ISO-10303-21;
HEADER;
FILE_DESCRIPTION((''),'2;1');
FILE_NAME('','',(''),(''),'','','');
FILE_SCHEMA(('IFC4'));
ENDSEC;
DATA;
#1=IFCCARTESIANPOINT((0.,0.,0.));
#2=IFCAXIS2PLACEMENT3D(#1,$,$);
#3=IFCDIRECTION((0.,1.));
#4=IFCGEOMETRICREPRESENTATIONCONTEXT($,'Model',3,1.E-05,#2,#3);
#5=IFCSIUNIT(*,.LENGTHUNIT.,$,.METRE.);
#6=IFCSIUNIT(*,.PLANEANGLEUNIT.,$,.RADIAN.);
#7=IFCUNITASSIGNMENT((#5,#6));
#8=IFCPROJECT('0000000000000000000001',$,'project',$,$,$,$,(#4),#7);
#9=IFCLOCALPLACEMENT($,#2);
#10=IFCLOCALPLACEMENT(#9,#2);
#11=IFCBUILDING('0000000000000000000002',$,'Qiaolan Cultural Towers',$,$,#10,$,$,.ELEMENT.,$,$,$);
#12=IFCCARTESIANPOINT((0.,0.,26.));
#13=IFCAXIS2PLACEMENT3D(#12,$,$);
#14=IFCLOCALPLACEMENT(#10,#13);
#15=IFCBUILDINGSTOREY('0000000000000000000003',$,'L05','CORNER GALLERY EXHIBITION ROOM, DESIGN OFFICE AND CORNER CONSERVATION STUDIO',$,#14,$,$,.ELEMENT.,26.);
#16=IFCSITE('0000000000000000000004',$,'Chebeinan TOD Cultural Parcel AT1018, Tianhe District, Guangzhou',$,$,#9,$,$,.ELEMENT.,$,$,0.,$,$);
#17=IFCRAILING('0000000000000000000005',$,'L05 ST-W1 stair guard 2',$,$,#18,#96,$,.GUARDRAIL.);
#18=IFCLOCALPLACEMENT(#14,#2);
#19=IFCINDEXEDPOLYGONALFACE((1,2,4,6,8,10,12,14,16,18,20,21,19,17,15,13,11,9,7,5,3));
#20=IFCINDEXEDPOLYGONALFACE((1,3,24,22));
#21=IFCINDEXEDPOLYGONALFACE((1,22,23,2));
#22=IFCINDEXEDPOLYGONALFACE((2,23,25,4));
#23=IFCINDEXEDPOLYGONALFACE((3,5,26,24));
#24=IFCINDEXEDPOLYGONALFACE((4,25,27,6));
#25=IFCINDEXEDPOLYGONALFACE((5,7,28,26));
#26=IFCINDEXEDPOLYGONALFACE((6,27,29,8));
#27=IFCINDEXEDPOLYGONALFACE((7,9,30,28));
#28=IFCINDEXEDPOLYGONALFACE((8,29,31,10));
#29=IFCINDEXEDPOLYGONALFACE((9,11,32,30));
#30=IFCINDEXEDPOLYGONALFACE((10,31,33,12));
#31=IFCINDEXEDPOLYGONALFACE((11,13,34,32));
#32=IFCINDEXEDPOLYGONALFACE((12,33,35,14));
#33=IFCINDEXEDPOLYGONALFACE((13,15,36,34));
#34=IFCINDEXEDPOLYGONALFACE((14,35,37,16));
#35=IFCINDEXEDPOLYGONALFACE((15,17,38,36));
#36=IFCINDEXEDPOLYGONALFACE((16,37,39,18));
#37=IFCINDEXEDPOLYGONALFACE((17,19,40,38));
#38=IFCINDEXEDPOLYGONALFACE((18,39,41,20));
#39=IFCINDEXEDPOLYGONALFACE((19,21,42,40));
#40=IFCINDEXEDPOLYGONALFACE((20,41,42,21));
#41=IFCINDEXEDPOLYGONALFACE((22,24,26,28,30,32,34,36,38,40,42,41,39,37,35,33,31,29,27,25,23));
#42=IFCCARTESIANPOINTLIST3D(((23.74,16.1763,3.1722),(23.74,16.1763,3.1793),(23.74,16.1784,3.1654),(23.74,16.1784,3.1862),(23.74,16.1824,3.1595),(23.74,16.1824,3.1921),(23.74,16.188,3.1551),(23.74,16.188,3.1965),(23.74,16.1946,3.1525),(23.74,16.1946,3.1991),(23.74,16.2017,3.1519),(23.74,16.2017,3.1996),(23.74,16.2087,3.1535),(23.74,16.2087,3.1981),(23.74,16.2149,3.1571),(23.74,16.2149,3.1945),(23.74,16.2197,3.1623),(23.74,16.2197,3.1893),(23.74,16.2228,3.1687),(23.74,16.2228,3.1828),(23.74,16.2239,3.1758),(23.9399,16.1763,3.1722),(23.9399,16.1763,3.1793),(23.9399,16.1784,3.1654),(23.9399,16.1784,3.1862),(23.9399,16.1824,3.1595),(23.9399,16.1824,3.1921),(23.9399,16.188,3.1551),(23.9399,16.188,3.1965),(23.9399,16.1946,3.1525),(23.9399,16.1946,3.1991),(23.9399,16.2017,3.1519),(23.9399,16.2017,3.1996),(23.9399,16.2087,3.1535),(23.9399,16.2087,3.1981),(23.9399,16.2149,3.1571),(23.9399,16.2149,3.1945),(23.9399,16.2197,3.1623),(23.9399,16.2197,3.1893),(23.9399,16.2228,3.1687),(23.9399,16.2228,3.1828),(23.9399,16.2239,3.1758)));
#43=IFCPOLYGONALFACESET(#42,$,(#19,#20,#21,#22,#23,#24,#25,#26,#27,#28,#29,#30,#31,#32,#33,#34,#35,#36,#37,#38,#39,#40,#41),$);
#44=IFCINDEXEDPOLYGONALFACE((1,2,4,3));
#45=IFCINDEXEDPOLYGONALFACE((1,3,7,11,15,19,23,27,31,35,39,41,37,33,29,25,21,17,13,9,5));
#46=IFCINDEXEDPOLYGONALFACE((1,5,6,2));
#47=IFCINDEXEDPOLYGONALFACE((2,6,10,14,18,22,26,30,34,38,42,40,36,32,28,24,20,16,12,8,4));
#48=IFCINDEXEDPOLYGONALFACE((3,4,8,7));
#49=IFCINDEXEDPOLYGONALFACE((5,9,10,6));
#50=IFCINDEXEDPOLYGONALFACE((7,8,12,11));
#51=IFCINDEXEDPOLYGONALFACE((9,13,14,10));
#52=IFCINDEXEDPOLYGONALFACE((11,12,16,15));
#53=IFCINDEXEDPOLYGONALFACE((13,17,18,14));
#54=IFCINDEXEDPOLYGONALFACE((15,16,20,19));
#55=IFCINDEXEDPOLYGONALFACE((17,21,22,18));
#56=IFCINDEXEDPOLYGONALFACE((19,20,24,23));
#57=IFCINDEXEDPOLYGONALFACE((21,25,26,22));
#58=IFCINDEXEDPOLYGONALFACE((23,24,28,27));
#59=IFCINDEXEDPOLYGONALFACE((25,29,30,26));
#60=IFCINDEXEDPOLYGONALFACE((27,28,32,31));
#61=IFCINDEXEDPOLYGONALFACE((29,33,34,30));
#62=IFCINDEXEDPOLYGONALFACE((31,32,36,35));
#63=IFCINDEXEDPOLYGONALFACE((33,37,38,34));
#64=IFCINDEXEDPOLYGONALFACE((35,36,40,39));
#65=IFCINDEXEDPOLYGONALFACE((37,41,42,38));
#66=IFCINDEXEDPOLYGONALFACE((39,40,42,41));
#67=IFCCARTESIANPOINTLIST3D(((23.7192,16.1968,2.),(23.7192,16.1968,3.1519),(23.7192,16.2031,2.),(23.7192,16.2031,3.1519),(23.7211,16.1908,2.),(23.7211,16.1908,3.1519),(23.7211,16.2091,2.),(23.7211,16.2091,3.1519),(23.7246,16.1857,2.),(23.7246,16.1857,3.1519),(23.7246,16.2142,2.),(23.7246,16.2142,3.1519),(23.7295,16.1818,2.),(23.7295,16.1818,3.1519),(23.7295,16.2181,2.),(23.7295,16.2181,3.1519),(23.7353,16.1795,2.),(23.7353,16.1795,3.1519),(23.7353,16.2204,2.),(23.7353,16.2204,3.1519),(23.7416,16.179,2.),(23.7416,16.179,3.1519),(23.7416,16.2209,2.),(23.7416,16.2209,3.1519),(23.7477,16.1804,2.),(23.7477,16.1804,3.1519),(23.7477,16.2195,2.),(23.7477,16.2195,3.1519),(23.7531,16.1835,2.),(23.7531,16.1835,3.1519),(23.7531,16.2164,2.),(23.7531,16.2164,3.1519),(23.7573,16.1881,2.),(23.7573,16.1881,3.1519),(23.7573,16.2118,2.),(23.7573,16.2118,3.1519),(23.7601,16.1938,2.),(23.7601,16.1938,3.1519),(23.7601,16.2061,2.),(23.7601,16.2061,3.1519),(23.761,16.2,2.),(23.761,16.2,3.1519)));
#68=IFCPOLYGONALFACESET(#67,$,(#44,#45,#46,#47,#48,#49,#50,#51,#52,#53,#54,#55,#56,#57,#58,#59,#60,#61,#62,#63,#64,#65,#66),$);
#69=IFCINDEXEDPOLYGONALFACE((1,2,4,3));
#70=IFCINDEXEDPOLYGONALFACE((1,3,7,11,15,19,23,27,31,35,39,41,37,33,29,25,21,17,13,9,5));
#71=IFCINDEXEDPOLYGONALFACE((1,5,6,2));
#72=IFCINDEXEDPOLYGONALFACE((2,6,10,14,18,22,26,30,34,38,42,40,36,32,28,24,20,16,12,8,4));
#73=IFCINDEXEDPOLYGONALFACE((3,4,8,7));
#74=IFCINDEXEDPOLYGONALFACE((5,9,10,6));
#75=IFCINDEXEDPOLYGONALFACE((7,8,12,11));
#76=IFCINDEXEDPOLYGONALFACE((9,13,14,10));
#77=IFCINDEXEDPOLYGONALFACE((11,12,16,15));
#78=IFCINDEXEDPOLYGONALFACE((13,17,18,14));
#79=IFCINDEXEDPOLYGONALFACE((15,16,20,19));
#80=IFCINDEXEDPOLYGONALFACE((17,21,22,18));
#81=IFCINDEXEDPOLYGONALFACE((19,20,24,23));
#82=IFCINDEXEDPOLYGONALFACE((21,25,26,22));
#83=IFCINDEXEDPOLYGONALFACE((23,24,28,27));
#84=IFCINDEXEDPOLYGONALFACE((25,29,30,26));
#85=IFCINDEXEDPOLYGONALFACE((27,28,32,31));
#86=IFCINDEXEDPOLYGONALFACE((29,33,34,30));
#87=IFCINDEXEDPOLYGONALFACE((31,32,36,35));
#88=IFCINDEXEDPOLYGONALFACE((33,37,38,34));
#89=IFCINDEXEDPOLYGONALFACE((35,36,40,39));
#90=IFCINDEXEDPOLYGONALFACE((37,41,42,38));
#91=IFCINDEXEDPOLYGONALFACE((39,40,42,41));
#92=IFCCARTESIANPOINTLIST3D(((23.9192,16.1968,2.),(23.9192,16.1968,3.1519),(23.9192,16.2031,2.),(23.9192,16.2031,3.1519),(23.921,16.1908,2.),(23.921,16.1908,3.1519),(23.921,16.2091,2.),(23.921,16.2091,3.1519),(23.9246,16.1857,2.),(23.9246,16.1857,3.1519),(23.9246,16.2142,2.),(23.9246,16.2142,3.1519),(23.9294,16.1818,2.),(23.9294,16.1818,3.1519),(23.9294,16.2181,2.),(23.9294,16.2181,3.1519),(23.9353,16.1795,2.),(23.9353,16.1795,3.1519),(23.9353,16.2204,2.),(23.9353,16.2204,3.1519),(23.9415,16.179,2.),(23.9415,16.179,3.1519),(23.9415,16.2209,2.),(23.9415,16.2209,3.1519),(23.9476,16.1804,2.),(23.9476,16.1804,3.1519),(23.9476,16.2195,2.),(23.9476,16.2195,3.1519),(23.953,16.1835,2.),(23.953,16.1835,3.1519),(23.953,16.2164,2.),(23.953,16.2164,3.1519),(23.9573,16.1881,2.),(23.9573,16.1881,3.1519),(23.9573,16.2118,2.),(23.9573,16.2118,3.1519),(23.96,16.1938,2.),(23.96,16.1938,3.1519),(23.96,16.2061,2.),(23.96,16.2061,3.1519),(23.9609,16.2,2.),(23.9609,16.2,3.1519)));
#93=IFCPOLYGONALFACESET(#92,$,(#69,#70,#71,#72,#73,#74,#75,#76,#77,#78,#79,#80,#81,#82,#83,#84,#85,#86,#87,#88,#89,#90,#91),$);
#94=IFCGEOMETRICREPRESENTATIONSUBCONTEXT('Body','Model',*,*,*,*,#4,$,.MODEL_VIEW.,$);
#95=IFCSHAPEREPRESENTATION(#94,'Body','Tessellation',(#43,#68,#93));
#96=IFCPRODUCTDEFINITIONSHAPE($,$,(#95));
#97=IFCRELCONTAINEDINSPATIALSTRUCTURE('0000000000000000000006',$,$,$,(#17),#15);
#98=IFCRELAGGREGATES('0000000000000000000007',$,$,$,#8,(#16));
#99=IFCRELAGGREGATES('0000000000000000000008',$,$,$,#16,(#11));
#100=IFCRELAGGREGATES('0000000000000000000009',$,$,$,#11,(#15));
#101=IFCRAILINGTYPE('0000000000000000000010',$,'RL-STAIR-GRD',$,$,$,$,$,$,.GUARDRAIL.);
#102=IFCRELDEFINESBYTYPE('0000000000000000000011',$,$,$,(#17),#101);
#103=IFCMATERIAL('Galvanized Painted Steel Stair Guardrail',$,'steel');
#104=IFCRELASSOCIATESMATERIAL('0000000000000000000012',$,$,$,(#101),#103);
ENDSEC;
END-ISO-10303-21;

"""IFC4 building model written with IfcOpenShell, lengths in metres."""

from ifc_helpers import new_model, si_unit, direction, frame, origin, origin_2d, place, context, subcontext, project, spatial, circle, extrude, material, type_object, element, save


model = new_model("IFC4")

# Units and contexts
model_context = context("Model", 3, precision=1e-05, world=origin(), true_north=direction((0.0, 1.0)))
body_context = subcontext(model_context, "Body", "Model", "MODEL_VIEW")
ifc_project = project(units=[si_unit("LENGTHUNIT", "METRE"), si_unit("PLANEANGLEUNIT", "RADIAN")], contexts=[model_context])

# Site, building, storey
site_placement = place(None, origin())
site = spatial("IfcSite", under=ifc_project, at=site_placement, Name="Chebeinan TOD Cultural Parcel AT1018, Tianhe District, Guangzhou", CompositionType="ELEMENT", RefElevation=0.0)
building_placement = place(site_placement, origin())
building = spatial("IfcBuilding", under=site, at=building_placement, Name="Qiaolan Cultural Towers", CompositionType="ELEMENT")
storey_placement = place(building_placement, frame((0.0, 0.0, 26.0)))
storey = spatial("IfcBuildingStorey", under=building, at=storey_placement, Name="L05", Description="CORNER GALLERY EXHIBITION ROOM, DESIGN OFFICE AND CORNER CONSERVATION STUDIO", CompositionType="ELEMENT", Elevation=26.0)

# Railing
ifc_material_1 = material(Name="Galvanized Painted Steel Stair Guardrail", Category="steel")
railing_type_1 = type_object("IfcRailingType", Name="RL-STAIR-GRD", PredefinedType="GUARDRAIL", material=ifc_material_1)
railing_1_placement = place(storey_placement, frame((23.74, 16.2, 2.0)))
element("IfcRailing", 1, at=railing_1_placement, inside=storey, type_object=railing_type_1, Name="L05 ST-W1 stair guard 2", PredefinedType="GUARDRAIL", context=body_context, shape_type="SweptSolid", body=[
    extrude(circle(Radius=0.0239, at=origin_2d()), frame((0.0, 0.0, 1.1758), z_axis=(1.0, 0.0, 0.0), x_axis=(0.0, 1.0, 0.0)), (0.0, 0.0, 1.0), 0.2),
    extrude(circle(Radius=0.021, at=origin_2d()), origin(), (0.0, 0.0, 1.0), 1.1519),
    extrude(circle(Radius=0.021, at=origin_2d()), frame((0.2, 0.0, 0.0)), (0.0, 0.0, 1.0), 1.1519),
])

save(model, "model.ifc")
